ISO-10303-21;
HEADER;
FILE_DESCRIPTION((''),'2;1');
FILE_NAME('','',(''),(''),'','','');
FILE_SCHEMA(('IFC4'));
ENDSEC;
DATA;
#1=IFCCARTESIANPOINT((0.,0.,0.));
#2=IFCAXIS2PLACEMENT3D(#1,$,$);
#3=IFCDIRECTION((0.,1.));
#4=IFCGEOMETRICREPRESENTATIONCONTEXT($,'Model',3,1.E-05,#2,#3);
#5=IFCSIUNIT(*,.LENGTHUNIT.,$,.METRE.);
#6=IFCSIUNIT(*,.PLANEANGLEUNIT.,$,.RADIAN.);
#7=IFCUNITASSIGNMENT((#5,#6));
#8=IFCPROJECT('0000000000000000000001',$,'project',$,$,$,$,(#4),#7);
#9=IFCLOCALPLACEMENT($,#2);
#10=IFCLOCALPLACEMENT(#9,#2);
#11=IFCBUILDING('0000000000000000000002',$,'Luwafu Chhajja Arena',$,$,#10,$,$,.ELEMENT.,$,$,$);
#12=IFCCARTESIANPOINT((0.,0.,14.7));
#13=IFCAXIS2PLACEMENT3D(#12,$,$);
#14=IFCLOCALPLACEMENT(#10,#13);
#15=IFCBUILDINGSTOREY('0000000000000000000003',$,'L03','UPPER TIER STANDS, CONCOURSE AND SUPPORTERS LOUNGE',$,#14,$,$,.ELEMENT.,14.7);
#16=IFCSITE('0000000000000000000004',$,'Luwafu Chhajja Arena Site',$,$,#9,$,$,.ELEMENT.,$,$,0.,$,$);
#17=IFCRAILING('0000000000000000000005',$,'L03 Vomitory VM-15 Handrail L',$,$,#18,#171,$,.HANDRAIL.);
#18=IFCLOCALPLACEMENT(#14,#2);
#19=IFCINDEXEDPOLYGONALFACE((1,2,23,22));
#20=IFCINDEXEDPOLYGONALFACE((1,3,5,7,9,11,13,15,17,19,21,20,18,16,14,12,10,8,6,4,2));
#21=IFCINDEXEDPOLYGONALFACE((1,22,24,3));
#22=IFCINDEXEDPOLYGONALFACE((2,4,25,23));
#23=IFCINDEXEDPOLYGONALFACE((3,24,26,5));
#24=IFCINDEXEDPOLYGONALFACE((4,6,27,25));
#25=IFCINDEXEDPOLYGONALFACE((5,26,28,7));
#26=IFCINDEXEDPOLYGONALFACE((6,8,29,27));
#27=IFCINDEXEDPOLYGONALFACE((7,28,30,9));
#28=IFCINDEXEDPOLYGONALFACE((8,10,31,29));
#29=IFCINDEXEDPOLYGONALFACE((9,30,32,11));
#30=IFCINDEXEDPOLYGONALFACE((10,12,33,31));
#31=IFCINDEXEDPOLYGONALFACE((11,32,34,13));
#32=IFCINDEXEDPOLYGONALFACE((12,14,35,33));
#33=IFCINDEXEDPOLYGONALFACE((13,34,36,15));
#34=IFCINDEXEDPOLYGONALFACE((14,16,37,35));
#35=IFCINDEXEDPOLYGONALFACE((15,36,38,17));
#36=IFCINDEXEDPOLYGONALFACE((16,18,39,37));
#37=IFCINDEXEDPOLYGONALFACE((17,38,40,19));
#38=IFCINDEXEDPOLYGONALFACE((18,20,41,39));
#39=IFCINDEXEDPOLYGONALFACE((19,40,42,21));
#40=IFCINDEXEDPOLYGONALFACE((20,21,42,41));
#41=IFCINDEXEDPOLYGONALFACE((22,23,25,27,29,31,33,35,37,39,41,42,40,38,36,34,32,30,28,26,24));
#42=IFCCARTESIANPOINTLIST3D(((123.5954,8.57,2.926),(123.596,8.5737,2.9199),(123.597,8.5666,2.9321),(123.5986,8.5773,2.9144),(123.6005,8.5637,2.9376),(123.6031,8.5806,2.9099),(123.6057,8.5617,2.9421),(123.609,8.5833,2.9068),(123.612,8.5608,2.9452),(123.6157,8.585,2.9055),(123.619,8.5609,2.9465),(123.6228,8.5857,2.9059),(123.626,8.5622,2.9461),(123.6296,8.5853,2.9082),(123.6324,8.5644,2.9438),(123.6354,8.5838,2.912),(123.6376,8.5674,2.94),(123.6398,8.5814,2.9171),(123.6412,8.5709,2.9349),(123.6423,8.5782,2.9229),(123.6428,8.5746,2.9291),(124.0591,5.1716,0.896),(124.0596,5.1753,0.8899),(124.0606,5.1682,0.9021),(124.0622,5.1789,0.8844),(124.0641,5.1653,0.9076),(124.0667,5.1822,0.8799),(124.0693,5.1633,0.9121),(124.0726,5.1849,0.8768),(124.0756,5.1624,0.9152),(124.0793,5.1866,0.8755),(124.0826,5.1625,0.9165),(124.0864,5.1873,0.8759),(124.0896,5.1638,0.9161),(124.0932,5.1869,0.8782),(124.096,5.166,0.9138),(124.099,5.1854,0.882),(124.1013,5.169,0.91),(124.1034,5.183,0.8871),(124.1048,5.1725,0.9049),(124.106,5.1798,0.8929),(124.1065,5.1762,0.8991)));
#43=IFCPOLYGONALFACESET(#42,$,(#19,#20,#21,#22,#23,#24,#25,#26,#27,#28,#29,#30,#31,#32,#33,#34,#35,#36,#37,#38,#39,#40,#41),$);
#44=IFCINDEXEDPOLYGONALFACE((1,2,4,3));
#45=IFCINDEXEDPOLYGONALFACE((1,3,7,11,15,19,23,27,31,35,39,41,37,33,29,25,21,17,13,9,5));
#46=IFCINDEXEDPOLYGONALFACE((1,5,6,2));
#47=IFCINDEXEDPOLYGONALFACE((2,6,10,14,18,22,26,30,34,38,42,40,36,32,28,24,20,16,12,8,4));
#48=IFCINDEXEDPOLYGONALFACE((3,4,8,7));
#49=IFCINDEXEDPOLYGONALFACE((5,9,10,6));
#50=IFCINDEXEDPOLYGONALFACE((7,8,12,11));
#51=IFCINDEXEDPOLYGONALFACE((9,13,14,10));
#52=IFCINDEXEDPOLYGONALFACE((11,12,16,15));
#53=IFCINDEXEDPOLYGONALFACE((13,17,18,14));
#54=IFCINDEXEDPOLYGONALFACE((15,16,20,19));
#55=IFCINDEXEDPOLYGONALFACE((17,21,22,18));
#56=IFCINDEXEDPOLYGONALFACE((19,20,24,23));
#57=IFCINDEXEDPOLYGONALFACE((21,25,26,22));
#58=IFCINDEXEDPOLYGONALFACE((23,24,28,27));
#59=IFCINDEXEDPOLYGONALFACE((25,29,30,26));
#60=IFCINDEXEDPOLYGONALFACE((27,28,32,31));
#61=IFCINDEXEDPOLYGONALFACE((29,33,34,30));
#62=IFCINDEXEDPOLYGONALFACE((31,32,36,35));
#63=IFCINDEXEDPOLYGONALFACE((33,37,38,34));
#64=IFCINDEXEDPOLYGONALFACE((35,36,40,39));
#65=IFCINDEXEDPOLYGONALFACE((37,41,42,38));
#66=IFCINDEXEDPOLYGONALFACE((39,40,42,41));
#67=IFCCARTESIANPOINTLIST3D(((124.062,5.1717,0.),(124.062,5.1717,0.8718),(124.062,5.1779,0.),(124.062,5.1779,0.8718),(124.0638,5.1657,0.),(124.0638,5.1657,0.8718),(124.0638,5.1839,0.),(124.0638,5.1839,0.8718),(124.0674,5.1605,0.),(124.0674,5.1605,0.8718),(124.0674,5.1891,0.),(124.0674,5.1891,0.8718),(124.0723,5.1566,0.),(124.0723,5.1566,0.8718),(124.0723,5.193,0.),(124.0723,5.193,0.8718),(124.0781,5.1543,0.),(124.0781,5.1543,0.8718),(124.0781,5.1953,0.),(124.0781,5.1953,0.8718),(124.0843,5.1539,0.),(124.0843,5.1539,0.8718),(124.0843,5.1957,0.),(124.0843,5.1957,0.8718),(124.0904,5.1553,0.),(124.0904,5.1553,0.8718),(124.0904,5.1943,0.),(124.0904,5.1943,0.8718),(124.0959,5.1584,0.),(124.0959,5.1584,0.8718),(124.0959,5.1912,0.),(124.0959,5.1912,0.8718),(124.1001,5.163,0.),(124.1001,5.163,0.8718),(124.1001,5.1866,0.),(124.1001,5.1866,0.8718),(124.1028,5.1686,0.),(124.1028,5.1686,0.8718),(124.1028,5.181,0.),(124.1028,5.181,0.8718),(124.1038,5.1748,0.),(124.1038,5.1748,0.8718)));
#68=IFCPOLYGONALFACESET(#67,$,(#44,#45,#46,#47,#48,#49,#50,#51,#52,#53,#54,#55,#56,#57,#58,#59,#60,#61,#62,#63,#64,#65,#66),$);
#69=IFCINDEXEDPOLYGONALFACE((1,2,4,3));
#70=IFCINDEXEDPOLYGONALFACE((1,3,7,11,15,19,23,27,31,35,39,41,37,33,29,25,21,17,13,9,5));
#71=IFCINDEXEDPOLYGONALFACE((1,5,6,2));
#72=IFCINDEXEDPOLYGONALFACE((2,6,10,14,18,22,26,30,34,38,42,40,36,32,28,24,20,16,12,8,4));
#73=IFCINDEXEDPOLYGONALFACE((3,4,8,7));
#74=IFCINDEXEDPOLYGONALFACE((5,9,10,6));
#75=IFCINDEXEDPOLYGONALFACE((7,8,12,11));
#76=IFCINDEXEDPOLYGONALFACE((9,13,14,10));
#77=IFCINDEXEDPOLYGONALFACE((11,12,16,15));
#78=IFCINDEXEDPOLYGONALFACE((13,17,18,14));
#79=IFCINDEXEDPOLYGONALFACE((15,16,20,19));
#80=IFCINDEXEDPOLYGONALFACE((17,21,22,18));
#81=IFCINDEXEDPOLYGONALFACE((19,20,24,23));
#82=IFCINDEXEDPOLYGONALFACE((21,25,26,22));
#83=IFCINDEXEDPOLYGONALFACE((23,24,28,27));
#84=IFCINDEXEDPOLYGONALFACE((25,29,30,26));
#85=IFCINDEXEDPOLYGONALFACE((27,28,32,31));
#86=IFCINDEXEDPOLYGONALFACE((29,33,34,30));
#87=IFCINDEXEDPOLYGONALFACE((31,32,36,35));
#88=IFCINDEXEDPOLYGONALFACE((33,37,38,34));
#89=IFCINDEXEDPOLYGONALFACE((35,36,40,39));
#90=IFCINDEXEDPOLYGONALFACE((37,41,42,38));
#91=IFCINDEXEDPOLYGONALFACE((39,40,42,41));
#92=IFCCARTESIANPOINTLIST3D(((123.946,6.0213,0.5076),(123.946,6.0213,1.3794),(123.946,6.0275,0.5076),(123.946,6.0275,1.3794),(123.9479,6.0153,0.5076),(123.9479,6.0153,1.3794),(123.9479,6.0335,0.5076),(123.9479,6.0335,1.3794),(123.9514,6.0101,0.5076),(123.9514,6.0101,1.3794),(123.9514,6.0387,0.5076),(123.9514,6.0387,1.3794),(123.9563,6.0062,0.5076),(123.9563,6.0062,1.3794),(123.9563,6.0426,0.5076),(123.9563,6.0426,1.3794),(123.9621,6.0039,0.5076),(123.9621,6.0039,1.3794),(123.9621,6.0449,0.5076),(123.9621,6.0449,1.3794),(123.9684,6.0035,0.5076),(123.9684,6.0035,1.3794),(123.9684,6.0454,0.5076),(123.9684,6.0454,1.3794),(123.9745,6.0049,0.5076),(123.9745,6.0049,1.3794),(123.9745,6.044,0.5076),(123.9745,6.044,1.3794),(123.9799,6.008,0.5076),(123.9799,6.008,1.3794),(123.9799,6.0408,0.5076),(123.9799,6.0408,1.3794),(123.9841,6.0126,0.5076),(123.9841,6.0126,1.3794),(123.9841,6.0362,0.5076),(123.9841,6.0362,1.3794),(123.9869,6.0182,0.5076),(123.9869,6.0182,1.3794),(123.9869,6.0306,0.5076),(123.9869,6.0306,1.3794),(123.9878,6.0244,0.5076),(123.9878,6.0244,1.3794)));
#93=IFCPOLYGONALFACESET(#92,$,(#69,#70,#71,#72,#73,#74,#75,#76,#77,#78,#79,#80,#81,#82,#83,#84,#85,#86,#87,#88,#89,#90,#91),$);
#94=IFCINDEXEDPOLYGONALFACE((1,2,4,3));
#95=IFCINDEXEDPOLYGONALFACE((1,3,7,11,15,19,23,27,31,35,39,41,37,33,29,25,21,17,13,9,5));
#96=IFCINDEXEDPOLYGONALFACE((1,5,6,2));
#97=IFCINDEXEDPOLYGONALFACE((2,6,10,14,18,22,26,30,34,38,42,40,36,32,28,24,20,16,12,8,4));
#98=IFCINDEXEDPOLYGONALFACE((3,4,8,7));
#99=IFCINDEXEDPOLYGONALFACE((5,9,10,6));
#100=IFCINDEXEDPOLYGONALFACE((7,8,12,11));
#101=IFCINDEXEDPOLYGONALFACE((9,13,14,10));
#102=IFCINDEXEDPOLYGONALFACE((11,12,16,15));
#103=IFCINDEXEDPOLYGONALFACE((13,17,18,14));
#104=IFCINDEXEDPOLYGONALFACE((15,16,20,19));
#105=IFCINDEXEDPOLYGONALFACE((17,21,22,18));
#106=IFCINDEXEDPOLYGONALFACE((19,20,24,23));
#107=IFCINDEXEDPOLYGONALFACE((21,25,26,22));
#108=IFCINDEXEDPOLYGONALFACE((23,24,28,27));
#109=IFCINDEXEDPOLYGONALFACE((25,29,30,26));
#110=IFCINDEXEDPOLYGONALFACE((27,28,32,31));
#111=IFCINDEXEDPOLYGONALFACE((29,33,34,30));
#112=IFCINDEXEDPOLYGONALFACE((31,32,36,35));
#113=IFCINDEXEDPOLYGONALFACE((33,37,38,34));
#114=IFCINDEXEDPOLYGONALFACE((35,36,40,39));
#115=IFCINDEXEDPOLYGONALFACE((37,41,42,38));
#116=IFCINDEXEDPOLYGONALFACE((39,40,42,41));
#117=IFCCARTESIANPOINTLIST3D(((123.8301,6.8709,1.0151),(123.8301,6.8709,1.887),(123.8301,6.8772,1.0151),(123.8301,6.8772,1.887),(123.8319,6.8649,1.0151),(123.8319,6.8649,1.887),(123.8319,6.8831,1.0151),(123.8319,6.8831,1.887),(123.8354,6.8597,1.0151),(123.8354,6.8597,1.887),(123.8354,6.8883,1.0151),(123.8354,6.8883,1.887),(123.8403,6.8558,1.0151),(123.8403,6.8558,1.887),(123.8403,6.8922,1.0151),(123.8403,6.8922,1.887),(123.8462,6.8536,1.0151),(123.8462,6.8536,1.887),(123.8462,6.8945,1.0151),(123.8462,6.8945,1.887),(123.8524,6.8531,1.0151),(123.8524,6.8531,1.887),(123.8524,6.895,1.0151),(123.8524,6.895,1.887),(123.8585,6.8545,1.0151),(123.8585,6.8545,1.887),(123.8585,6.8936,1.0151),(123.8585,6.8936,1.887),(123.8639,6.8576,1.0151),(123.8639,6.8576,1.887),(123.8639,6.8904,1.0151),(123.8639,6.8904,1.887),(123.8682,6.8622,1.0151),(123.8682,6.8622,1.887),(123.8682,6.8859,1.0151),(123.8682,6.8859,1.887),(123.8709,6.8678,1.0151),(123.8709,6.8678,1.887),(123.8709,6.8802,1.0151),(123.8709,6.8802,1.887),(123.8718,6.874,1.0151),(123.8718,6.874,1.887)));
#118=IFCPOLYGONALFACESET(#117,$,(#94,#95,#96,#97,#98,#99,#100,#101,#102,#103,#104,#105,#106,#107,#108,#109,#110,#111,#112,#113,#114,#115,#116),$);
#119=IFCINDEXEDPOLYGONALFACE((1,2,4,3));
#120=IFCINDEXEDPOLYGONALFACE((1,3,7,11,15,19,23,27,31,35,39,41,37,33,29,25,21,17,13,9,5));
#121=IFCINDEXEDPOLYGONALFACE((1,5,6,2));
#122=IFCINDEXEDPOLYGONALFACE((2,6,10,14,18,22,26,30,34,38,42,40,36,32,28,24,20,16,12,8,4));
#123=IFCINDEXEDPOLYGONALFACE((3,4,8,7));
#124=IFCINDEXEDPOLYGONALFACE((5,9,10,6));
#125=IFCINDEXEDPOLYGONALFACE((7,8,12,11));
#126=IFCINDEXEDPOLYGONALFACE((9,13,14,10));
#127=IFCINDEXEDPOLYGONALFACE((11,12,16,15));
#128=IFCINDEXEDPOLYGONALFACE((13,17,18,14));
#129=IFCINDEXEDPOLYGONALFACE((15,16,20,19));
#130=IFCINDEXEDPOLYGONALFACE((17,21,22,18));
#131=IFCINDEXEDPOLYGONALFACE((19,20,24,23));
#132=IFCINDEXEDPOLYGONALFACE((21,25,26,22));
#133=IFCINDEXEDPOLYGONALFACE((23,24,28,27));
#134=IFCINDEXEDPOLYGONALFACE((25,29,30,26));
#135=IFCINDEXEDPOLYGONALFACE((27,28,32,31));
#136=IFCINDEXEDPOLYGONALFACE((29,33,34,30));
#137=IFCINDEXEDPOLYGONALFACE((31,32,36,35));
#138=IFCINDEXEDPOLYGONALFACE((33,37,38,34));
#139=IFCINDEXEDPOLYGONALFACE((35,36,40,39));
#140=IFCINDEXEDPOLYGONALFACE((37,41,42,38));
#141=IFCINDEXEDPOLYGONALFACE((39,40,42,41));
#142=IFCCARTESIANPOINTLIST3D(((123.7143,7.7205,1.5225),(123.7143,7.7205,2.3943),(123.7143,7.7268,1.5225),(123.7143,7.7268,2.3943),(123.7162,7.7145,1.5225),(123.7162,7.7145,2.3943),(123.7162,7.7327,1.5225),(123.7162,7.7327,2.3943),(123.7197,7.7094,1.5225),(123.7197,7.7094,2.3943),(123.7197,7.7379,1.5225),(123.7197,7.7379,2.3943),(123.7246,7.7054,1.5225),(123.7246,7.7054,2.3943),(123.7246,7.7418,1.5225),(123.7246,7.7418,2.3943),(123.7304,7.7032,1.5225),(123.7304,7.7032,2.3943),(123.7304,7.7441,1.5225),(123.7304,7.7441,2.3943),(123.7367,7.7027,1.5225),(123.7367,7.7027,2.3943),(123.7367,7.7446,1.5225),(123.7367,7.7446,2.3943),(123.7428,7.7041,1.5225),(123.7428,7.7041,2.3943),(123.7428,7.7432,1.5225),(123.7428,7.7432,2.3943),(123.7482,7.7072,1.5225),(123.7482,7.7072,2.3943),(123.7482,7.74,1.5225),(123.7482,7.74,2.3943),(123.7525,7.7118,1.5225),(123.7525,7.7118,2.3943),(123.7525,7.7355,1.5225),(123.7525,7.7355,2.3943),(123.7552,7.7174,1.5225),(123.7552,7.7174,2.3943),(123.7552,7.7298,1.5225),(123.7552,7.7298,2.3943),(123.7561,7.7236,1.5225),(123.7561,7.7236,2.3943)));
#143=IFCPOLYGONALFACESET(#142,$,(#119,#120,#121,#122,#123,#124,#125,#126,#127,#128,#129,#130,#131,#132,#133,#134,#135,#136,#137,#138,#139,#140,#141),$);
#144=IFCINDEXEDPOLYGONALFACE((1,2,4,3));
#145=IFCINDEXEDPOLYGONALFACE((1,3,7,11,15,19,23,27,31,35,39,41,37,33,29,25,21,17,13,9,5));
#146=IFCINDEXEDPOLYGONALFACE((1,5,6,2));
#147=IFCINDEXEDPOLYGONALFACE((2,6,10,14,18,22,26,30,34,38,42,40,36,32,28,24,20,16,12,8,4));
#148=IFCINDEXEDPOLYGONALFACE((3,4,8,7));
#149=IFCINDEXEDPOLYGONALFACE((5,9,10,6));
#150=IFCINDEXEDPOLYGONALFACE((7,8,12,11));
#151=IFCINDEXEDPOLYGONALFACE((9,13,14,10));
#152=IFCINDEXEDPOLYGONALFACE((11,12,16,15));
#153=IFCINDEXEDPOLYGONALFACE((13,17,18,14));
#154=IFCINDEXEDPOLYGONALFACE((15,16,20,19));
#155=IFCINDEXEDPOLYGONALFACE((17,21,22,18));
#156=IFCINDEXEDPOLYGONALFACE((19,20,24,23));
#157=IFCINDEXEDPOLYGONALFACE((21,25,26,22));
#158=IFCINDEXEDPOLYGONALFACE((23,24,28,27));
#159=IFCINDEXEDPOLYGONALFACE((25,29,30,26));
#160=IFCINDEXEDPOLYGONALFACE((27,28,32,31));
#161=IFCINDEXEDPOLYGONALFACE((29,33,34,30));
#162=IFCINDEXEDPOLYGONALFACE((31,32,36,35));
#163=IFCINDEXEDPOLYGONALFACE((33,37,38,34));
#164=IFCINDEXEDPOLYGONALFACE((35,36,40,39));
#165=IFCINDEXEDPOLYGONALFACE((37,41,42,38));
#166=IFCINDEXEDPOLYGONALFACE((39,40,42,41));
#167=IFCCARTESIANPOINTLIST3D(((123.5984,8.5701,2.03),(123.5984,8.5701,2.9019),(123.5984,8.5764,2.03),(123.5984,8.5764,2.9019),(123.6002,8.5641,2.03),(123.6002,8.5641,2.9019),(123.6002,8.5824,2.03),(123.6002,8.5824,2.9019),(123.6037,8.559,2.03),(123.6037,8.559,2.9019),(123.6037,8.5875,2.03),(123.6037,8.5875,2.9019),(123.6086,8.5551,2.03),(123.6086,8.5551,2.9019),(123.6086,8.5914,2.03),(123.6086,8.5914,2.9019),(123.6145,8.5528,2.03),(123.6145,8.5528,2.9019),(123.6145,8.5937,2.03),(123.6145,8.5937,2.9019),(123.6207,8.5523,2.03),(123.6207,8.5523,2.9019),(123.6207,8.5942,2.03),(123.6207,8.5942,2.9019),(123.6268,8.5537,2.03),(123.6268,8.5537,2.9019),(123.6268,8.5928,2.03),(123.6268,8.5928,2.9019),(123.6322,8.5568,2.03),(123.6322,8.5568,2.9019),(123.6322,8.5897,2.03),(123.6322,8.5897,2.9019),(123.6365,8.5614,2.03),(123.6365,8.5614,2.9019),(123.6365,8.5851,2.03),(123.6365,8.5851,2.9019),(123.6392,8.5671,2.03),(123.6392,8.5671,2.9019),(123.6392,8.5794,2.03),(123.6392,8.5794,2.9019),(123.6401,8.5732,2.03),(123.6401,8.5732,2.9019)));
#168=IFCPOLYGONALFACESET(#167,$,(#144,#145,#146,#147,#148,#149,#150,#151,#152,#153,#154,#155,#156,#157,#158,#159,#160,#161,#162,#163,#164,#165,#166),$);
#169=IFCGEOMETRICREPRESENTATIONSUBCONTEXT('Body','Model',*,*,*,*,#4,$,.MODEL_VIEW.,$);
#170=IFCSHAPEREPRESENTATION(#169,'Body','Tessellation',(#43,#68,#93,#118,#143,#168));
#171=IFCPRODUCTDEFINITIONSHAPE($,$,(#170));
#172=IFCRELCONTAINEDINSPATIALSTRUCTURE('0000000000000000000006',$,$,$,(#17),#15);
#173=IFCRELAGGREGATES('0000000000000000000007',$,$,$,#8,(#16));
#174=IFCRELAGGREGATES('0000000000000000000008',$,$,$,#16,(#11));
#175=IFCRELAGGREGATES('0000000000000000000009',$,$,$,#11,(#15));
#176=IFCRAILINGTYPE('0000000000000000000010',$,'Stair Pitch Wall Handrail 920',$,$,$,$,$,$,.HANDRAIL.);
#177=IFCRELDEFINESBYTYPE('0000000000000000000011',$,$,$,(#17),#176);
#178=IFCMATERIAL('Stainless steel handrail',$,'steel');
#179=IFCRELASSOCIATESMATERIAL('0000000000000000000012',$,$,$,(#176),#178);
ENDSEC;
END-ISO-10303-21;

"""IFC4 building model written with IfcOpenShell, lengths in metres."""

from ifc_helpers import new_model, si_unit, direction, frame, origin, origin_2d, place, context, subcontext, project, spatial, circle, extrude, material, type_object, element, save


model = new_model("IFC4")

# Units and contexts
model_context = context("Model", 3, precision=1e-05, world=origin(), true_north=direction((0.0, 1.0)))
body_context = subcontext(model_context, "Body", "Model", "MODEL_VIEW")
ifc_project = project(units=[si_unit("LENGTHUNIT", "METRE"), si_unit("PLANEANGLEUNIT", "RADIAN")], contexts=[model_context])

# Site, building, storey
site_placement = place(None, origin())
site = spatial("IfcSite", under=ifc_project, at=site_placement, Name="Luwafu Chhajja Arena Site", CompositionType="ELEMENT", RefElevation=0.0)
building_placement = place(site_placement, origin())
building = spatial("IfcBuilding", under=site, at=building_placement, Name="Luwafu Chhajja Arena", CompositionType="ELEMENT")
storey_placement = place(building_placement, frame((0.0, 0.0, 14.7)))
storey = spatial("IfcBuildingStorey", under=building, at=storey_placement, Name="L03", Description="UPPER TIER STANDS, CONCOURSE AND SUPPORTERS LOUNGE", CompositionType="ELEMENT", Elevation=14.7)

# Railing
ifc_material_1 = material(Name="Stainless steel handrail", Category="steel")
railing_type_1 = type_object("IfcRailingType", Name="Stair Pitch Wall Handrail 920", PredefinedType="HANDRAIL", material=ifc_material_1)
railing_1_placement = place(storey_placement, frame((124.0828, 5.1748, 0.0)))
element("IfcRailing", 1, at=railing_1_placement, inside=storey, type_object=railing_type_1, Name="L03 Vomitory VM-15 Handrail L", PredefinedType="HANDRAIL", context=body_context, shape_type="SweptSolid", body=[
    extrude(circle(Radius=0.0239, at=origin_2d()), frame((0.0, 0.0, 0.896), z_axis=(-0.116323, 0.85267, 0.509336), x_axis=(-0.990822, -0.13517, 0.0)), (0.0, 0.0, 1.0), 3.9856),
    extrude(circle(Radius=0.021, at=origin_2d()), origin(), (0.0, 0.0, 1.0), 0.8718),
    extrude(circle(Radius=0.021, at=origin_2d()), frame((-0.116, 0.8496, 0.5076)), (0.0, 0.0, 1.0), 0.8718),
    extrude(circle(Radius=0.021, at=origin_2d()), frame((-0.2319, 1.6992, 1.0151)), (0.0, 0.0, 1.0), 0.8718),
    extrude(circle(Radius=0.021, at=origin_2d()), frame((-0.3477, 2.5488, 1.5225)), (0.0, 0.0, 1.0), 0.8718),
    extrude(circle(Radius=0.021, at=origin_2d()), frame((-0.4636, 3.3984, 2.03)), (0.0, 0.0, 1.0), 0.8718),
])

save(model, "model.ifc")
